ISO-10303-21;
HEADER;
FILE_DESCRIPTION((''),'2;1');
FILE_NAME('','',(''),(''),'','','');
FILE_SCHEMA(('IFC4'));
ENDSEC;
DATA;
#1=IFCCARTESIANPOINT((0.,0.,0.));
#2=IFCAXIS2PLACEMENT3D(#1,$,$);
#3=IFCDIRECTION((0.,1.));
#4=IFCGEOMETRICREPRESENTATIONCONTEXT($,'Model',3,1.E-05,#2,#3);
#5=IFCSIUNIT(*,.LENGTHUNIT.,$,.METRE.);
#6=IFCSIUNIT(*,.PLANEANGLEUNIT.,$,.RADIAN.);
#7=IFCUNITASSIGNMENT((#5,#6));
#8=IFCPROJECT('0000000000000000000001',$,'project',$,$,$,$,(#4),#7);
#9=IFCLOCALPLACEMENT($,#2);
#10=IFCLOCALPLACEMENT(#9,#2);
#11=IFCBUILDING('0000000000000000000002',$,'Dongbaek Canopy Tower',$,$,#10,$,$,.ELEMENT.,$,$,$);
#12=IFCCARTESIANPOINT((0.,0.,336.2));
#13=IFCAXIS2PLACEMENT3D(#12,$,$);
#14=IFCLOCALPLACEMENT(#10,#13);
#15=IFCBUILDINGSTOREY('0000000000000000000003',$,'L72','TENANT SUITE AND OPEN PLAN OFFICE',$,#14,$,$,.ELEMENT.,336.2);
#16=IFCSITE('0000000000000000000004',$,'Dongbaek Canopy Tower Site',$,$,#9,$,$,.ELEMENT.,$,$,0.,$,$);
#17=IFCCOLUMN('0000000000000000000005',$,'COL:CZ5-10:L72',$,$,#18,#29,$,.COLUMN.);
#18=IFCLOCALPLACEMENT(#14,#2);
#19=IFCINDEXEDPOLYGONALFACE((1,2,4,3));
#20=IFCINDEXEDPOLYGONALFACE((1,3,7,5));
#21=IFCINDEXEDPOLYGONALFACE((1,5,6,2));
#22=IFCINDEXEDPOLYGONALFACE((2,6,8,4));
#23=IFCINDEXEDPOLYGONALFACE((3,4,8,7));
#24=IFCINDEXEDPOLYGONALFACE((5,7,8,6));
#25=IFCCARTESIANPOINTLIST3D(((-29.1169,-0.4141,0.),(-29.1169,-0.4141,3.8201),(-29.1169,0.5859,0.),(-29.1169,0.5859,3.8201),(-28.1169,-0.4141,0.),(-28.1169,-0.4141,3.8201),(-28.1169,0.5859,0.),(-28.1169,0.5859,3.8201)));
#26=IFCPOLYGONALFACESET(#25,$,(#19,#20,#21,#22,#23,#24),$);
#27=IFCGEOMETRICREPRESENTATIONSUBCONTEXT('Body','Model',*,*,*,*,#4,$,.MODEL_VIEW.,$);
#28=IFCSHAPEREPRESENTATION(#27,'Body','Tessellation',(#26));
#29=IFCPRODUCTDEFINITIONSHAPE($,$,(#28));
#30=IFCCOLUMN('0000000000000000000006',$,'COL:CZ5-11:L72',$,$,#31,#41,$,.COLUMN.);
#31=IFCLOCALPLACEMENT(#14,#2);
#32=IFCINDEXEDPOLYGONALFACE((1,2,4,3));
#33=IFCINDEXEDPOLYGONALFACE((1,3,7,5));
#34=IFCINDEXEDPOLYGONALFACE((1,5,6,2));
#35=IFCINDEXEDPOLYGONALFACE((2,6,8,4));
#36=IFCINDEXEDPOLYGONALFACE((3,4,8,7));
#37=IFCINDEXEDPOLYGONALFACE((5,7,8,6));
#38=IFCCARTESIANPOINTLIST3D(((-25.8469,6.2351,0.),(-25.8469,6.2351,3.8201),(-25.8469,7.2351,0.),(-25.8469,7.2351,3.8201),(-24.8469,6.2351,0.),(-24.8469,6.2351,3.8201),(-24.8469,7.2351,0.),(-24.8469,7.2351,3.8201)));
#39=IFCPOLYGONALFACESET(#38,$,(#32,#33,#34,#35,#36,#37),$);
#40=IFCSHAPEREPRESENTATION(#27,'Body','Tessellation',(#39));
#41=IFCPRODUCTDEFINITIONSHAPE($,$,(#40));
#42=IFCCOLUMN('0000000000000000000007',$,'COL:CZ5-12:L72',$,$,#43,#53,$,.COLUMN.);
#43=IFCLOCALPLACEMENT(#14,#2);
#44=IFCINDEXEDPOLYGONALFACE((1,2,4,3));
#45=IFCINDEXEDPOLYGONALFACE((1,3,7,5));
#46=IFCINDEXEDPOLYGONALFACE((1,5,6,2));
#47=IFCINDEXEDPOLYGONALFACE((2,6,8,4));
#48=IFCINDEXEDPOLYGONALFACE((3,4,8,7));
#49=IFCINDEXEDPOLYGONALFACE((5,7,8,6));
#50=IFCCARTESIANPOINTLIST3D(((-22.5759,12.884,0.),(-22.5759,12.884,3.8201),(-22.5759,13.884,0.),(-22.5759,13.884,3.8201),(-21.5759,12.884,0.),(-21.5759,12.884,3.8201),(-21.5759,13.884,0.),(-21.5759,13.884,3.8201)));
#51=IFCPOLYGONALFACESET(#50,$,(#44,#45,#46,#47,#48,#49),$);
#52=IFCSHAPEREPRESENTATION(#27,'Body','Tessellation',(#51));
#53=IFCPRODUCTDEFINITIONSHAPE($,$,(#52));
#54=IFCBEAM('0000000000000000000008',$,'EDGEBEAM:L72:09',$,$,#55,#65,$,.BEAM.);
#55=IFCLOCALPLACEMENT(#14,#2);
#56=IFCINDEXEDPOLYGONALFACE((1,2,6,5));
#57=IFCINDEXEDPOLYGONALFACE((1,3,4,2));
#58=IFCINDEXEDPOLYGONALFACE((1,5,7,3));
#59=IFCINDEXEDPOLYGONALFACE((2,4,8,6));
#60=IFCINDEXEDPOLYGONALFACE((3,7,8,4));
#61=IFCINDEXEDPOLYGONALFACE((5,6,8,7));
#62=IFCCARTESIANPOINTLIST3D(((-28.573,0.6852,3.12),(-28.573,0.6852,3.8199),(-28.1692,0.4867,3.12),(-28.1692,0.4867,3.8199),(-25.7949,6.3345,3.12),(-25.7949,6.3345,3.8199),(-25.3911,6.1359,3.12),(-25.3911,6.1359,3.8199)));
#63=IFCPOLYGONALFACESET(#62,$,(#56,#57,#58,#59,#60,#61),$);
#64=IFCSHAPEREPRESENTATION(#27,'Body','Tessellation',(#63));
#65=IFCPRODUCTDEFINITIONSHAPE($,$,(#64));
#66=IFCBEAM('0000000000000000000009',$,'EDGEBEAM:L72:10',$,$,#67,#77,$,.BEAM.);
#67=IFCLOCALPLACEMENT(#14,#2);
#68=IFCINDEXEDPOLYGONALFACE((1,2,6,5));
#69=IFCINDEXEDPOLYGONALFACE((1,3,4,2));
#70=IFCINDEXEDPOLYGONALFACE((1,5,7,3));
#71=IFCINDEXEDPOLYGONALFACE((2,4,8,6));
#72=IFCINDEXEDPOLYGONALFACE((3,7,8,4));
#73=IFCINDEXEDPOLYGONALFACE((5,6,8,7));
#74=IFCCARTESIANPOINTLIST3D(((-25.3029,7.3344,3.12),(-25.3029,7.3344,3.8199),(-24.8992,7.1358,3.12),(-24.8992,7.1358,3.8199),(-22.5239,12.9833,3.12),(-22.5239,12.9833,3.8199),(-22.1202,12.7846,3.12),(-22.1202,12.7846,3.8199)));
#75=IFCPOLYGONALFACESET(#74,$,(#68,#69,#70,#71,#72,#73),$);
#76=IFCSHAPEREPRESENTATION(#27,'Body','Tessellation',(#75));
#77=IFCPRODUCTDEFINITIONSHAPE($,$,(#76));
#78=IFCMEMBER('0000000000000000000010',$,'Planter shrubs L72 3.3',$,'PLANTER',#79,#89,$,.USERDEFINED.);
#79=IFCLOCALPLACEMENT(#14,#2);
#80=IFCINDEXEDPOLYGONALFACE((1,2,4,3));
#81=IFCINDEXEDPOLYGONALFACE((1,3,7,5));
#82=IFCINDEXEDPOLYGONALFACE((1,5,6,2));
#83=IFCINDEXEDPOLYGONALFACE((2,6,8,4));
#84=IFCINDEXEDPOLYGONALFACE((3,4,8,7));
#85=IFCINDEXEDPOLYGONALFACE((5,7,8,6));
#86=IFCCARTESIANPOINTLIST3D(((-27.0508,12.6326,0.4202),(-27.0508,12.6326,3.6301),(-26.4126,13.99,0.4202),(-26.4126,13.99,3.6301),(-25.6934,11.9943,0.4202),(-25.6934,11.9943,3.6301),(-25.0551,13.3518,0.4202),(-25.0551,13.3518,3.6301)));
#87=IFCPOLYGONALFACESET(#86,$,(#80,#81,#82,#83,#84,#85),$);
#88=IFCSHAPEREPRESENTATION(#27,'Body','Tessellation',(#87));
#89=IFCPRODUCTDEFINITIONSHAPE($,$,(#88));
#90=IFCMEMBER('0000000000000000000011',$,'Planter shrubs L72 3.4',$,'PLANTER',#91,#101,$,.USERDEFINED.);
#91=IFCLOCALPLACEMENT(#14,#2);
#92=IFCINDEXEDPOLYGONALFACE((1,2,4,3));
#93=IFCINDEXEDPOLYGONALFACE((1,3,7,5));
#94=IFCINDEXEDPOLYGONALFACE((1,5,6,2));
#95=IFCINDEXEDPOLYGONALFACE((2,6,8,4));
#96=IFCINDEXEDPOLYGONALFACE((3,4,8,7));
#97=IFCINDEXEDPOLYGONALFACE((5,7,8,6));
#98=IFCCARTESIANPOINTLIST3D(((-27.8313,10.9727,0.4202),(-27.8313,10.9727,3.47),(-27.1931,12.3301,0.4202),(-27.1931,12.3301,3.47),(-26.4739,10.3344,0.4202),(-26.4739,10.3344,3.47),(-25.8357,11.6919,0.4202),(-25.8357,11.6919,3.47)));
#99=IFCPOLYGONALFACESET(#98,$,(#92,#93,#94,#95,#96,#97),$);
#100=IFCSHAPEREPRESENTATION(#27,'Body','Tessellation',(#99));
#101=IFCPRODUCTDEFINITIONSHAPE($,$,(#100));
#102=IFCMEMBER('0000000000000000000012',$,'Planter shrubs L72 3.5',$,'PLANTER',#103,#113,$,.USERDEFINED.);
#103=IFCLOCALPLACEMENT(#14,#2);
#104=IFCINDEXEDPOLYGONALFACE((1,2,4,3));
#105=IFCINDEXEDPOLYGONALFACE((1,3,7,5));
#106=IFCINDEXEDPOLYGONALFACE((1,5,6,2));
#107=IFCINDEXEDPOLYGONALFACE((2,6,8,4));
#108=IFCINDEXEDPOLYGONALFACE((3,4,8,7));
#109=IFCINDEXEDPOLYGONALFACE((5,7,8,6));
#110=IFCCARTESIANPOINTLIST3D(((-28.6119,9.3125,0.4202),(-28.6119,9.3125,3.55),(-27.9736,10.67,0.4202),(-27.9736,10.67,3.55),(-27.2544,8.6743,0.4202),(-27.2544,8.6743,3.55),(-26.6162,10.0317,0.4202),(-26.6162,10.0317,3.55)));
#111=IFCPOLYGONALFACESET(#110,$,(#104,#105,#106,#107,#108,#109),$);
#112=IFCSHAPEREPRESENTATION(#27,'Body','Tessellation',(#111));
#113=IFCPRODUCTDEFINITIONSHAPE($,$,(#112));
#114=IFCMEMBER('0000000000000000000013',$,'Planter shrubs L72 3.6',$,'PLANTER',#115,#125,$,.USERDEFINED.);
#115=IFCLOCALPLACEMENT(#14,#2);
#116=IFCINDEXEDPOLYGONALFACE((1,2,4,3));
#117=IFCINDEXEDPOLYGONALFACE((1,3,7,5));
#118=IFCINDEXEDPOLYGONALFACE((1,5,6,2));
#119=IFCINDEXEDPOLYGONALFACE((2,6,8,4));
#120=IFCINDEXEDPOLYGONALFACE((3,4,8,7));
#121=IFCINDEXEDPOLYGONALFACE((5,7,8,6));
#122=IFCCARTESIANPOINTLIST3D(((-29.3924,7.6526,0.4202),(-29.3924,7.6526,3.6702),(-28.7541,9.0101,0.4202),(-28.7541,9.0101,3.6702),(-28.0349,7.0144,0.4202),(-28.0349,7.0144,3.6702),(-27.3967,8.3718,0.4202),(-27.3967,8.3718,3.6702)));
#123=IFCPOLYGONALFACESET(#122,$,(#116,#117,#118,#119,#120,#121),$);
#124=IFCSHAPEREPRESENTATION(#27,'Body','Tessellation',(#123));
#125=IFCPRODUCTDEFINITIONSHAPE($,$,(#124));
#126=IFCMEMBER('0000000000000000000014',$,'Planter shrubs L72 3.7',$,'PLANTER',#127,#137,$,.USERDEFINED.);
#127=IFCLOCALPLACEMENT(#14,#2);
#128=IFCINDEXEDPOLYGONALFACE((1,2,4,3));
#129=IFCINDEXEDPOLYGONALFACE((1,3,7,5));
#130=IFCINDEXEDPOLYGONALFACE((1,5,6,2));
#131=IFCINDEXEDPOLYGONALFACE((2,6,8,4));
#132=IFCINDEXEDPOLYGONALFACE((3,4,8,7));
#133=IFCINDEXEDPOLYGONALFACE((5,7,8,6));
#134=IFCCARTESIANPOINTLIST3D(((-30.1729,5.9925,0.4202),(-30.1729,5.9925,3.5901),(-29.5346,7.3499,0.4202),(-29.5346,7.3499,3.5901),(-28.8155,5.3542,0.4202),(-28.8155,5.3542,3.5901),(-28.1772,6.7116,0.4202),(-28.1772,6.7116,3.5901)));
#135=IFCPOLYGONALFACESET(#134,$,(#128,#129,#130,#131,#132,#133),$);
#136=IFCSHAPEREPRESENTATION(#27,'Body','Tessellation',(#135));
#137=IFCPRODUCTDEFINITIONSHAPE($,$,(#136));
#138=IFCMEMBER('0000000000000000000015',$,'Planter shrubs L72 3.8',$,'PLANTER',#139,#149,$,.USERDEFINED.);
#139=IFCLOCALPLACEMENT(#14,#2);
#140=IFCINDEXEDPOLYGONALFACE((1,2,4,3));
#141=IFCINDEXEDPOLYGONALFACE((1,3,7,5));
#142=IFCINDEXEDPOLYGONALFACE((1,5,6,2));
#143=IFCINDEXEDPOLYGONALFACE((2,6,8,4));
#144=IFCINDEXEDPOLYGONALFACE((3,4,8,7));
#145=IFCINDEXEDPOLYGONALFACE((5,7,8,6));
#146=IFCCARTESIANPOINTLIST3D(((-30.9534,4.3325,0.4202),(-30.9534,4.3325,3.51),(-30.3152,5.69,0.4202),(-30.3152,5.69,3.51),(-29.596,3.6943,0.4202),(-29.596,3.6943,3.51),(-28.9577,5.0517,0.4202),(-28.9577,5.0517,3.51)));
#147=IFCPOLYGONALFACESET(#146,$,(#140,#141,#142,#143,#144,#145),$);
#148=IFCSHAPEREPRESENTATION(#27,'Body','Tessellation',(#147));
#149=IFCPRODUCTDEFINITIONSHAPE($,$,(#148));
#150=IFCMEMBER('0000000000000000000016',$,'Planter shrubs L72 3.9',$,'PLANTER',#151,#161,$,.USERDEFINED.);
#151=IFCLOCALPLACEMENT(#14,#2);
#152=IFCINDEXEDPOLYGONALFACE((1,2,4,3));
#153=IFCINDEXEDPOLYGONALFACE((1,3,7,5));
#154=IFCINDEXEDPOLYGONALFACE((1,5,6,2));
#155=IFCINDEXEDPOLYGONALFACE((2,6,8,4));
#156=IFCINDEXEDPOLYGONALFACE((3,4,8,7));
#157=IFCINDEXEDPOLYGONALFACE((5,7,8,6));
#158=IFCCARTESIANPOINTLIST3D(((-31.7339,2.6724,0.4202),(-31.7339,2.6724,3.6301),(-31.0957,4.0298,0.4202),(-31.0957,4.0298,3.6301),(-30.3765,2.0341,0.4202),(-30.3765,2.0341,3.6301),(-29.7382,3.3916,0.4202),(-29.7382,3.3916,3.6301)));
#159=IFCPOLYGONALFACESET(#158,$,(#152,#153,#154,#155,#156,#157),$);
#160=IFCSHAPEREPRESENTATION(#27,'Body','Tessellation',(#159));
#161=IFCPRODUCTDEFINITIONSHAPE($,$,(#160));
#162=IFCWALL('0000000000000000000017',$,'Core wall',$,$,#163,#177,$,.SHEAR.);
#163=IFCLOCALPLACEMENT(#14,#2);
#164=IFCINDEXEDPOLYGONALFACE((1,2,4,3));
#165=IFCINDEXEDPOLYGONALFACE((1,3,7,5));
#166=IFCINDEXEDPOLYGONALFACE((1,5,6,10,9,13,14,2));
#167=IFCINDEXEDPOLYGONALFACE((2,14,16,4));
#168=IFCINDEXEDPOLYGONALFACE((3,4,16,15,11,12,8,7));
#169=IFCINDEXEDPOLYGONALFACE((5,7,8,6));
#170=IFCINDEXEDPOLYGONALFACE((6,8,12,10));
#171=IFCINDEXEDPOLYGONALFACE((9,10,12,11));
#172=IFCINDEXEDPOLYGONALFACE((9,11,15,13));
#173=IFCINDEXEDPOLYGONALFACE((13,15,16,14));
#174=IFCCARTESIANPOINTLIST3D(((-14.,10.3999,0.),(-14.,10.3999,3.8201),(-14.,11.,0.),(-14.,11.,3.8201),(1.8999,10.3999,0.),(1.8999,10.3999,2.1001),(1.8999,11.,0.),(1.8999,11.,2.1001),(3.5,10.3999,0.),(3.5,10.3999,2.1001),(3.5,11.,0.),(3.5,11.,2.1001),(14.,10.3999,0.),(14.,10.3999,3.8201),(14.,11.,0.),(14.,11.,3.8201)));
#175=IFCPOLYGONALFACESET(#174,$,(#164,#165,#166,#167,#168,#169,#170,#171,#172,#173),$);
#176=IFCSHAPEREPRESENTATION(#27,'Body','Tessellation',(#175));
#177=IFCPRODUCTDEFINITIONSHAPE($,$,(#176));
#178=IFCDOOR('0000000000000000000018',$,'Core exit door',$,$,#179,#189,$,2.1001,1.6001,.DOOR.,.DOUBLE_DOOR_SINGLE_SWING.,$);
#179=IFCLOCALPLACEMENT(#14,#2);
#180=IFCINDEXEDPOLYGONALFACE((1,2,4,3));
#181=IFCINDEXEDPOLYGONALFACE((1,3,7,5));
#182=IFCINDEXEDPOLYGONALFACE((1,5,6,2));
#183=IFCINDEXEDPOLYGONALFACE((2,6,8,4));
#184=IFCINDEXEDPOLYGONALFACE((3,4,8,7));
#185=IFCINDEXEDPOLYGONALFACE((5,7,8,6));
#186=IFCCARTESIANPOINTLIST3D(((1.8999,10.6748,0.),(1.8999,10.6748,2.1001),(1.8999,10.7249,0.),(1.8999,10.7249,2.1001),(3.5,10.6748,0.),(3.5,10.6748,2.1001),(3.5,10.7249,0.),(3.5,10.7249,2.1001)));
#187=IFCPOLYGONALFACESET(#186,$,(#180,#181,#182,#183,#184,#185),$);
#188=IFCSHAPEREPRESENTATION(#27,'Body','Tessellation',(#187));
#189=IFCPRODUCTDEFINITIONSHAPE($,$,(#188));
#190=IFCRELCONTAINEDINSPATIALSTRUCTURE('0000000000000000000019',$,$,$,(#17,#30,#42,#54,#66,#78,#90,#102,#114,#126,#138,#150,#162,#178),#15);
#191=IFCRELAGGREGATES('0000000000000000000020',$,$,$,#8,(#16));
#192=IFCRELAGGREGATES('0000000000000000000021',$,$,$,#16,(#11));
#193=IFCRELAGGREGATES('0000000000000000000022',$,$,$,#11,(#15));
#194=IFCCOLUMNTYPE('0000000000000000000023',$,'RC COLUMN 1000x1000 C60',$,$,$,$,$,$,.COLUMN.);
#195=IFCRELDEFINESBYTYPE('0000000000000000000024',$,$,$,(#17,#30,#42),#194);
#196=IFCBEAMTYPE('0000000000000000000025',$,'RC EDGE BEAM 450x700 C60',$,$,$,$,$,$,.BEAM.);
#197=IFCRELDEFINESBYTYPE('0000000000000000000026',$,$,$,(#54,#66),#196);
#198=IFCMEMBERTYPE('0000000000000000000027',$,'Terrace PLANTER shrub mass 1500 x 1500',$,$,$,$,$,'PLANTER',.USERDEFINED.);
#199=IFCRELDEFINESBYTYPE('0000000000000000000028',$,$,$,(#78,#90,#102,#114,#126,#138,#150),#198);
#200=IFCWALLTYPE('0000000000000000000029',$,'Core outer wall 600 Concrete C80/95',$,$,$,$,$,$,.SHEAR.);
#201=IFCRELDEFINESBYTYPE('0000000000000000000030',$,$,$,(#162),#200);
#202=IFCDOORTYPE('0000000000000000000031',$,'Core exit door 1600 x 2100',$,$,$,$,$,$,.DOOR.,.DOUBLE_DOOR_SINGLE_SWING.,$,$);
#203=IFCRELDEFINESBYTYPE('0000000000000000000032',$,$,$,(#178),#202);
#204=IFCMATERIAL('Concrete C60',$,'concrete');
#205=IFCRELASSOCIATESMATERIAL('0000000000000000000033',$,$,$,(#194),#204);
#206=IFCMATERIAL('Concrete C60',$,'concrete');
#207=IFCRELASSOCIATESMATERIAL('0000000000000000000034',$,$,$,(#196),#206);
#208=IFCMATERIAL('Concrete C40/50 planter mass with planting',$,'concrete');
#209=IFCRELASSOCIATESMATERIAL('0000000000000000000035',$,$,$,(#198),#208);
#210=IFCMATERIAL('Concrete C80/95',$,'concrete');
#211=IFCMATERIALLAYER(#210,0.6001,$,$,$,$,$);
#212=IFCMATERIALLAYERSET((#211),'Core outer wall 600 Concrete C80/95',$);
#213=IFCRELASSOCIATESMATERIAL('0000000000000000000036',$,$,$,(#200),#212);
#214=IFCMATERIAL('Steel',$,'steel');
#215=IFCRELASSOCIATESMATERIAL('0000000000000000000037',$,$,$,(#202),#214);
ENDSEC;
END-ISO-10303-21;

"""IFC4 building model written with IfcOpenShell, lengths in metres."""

from ifc_helpers import new_model, si_unit, direction, frame, frame_2d, origin, origin_2d, place, context, subcontext, project, spatial, rectangle, extrude, material, layer, layer_set, material_profile, profile_set, type_object, element, fill, save


model = new_model("IFC4")

# Units and contexts
model_context = context("Model", 3, precision=1e-05, world=origin(), true_north=direction((0.0, 1.0)))
body_context = subcontext(model_context, "Body", "Model", "MODEL_VIEW")
ifc_project = project(units=[si_unit("LENGTHUNIT", "METRE"), si_unit("PLANEANGLEUNIT", "RADIAN")], contexts=[model_context])

# Site, building, storey
site_placement = place(None, origin())
site = spatial("IfcSite", under=ifc_project, at=site_placement, Name="Dongbaek Canopy Tower Site", CompositionType="ELEMENT", RefElevation=0.0)
building_placement = place(site_placement, origin())
building = spatial("IfcBuilding", under=site, at=building_placement, Name="Dongbaek Canopy Tower", CompositionType="ELEMENT")
storey_placement = place(building_placement, frame((0.0, 0.0, 336.2)))
storey = spatial("IfcBuildingStorey", under=building, at=storey_placement, Name="L72", Description="TENANT SUITE AND OPEN PLAN OFFICE", CompositionType="ELEMENT", Elevation=336.2)

# Columns
ifc_material_1 = material(Name="Concrete C60", Category="concrete")
ifc_material_profile_1 = material_profile(ifc_material_1, rectangle(XDim=1.0, YDim=1.0, at=origin_2d()), Name="RC COLUMN 1000x1000 C60")
ifc_profile_set_1 = profile_set([ifc_material_profile_1], Name="Concrete C60")
column_type = type_object("IfcColumnType", Name="RC COLUMN 1000x1000 C60", PredefinedType="COLUMN", material=ifc_profile_set_1)
for number, where, z_axis, x_axis, name in (
    (1, (-28.6169, 0.0859, 0.0), (0.0, 0.0, 1.0), (1.0, 0.0, 0.0), "COL:CZ5-10:L72"),
    (2, (-25.3469, 6.7351, 0.0), (0.0, 0.0, 1.0), (1.0, 0.0, 0.0), "COL:CZ5-11:L72"),
    (3, (-22.0759, 13.384, 0.0), (0.0, 0.0, 1.0), (1.0, 0.0, 0.0), "COL:CZ5-12:L72"),
):
    element("IfcColumn", number, at=place(storey_placement, frame(where, z_axis=z_axis, x_axis=x_axis)), inside=storey, type_object=column_type, Name=name, PredefinedType="COLUMN", context=body_context, shape_type="SweptSolid", body=[
        extrude(rectangle(XDim=1.0, YDim=1.0, at=origin_2d()), origin(), (0.0, 0.0, 1.0), 3.8201),
    ])

# Beams
ifc_material_2 = material(Name="Concrete C60", Category="concrete")
ifc_material_profile_2 = material_profile(ifc_material_2, rectangle(XDim=0.45, YDim=0.7, at=origin_2d()), Name="RC EDGE BEAM 450x700 C60")
ifc_profile_set_2 = profile_set([ifc_material_profile_2], Name="Concrete C60")
beam_type = type_object("IfcBeamType", Name="RC EDGE BEAM 450x700 C60", PredefinedType="BEAM", material=ifc_profile_set_2)
for number, where, z_axis, x_axis, name in (
    (4, (-28.3711, 0.5859, 3.47), (0.441294, 0.897363, 0.0), (-0.897363, 0.441294, 0.0), "EDGEBEAM:L72:09"),
    (5, (-25.1011, 7.2351, 3.47), (0.441434, 0.897294, 0.0), (-0.897294, 0.441434, 0.0), "EDGEBEAM:L72:10"),
):
    element("IfcBeam", number, at=place(storey_placement, frame(where, z_axis=z_axis, x_axis=x_axis)), inside=storey, type_object=beam_type, Name=name, PredefinedType="BEAM", context=body_context, shape_type="SweptSolid", body=[
        extrude(rectangle(XDim=0.45, YDim=0.7, at=origin_2d()), origin(), (0.0, 0.0, 1.0), 6.2954),
    ])

# Members
ifc_material_3 = material(Name="Concrete C40/50 planter mass with planting", Category="concrete")
ifc_material_profile_3 = material_profile(ifc_material_3, rectangle(XDim=1.5, YDim=1.5, at=origin_2d()), Name="Terrace PLANTER shrub mass 1500 x 1500")
ifc_profile_set_3 = profile_set([ifc_material_profile_3], Name="Concrete C40/50 planter mass with planting")
member_type = type_object("IfcMemberType", Name="Terrace PLANTER shrub mass 1500 x 1500", ElementType="PLANTER", PredefinedType="USERDEFINED", material=ifc_profile_set_3)
member_1_placement = place(storey_placement, frame((-26.053, 12.9922, 0.4202), z_axis=(0.0, 0.0, 1.0), x_axis=(-0.904958, 0.4255, 0.0)))
element("IfcMember", 6, at=member_1_placement, inside=storey, type_object=member_type, Name="Planter shrubs L72 3.3", ObjectType="PLANTER", PredefinedType="USERDEFINED", context=body_context, shape_type="SweptSolid", body=[
    extrude(rectangle(XDim=1.5, YDim=1.5, at=origin_2d()), origin(), (0.0, 0.0, 1.0), 3.21),
])
member_2_placement = place(storey_placement, frame((-26.8335, 11.3323, 0.4202), z_axis=(0.0, 0.0, 1.0), x_axis=(-0.904958, 0.4255, 0.0)))
element("IfcMember", 7, at=member_2_placement, inside=storey, type_object=member_type, Name="Planter shrubs L72 3.4", ObjectType="PLANTER", PredefinedType="USERDEFINED", context=body_context, shape_type="SweptSolid", body=[
    extrude(rectangle(XDim=1.5, YDim=1.5, at=origin_2d()), origin(), (0.0, 0.0, 1.0), 3.0498),
])
member_3_placement = place(storey_placement, frame((-27.614, 9.6721, 0.4202), z_axis=(0.0, 0.0, 1.0), x_axis=(-0.904958, 0.4255, 0.0)))
element("IfcMember", 8, at=member_3_placement, inside=storey, type_object=member_type, Name="Planter shrubs L72 3.5", ObjectType="PLANTER", PredefinedType="USERDEFINED", context=body_context, shape_type="SweptSolid", body=[
    extrude(rectangle(XDim=1.5, YDim=1.5, at=origin_2d()), origin(), (0.0, 0.0, 1.0), 3.1299),
])
member_4_placement = place(storey_placement, frame((-28.3945, 8.0122, 0.4202), z_axis=(0.0, 0.0, 1.0), x_axis=(-0.904958, 0.4255, 0.0)))
element("IfcMember", 9, at=member_4_placement, inside=storey, type_object=member_type, Name="Planter shrubs L72 3.6", ObjectType="PLANTER", PredefinedType="USERDEFINED", context=body_context, shape_type="SweptSolid", body=[
    extrude(rectangle(XDim=1.5, YDim=1.5, at=origin_2d()), origin(), (0.0, 0.0, 1.0), 3.25),
])
member_5_placement = place(storey_placement, frame((-29.175, 6.3521, 0.4202), z_axis=(0.0, 0.0, 1.0), x_axis=(-0.904958, 0.4255, 0.0)))
element("IfcMember", 10, at=member_5_placement, inside=storey, type_object=member_type, Name="Planter shrubs L72 3.7", ObjectType="PLANTER", PredefinedType="USERDEFINED", context=body_context, shape_type="SweptSolid", body=[
    extrude(rectangle(XDim=1.5, YDim=1.5, at=origin_2d()), origin(), (0.0, 0.0, 1.0), 3.1699),
])
member_6_placement = place(storey_placement, frame((-29.9556, 4.6921, 0.4202), z_axis=(0.0, 0.0, 1.0), x_axis=(-0.904958, 0.4255, 0.0)))
element("IfcMember", 11, at=member_6_placement, inside=storey, type_object=member_type, Name="Planter shrubs L72 3.8", ObjectType="PLANTER", PredefinedType="USERDEFINED", context=body_context, shape_type="SweptSolid", body=[
    extrude(rectangle(XDim=1.5, YDim=1.5, at=origin_2d()), origin(), (0.0, 0.0, 1.0), 3.0898),
])
member_7_placement = place(storey_placement, frame((-30.7361, 3.032, 0.4202), z_axis=(0.0, 0.0, 1.0), x_axis=(-0.904958, 0.4255, 0.0)))
element("IfcMember", 12, at=member_7_placement, inside=storey, type_object=member_type, Name="Planter shrubs L72 3.9", ObjectType="PLANTER", PredefinedType="USERDEFINED", context=body_context, shape_type="SweptSolid", body=[
    extrude(rectangle(XDim=1.5, YDim=1.5, at=origin_2d()), origin(), (0.0, 0.0, 1.0), 3.21),
])

# Wall, opening, door
ifc_material_4 = material(Name="Concrete C80/95", Category="concrete")
ifc_layer_1 = layer(ifc_material_4, 0.6001)
ifc_layer_set_1 = layer_set([ifc_layer_1], Name="Core outer wall 600 Concrete C80/95")
wall_type_1 = type_object("IfcWallType", Name="Core outer wall 600 Concrete C80/95", PredefinedType="SHEAR", material=ifc_layer_set_1)
wall_1_placement = place(storey_placement, frame((-14.0, 10.7, 0.0), z_axis=(0.0, 0.0, 1.0), x_axis=(1.0, 0.0, 0.0)))
wall_1 = element("IfcWall", 13, at=wall_1_placement, inside=storey, type_object=wall_type_1, Name="Core wall", PredefinedType="SHEAR", context=body_context, shape_type="SweptSolid", body=[
    extrude(rectangle(XDim=28.0, YDim=0.6001, at=frame_2d((14.0, 0.0))), origin(), (0.0, 0.0, 1.0), 3.8201),
])
opening_1_placement = place(wall_1_placement, frame((15.8999, 0.0, 0.0)))
opening_1 = element("IfcOpeningElement", 14, at=opening_1_placement, cuts=wall_1, PredefinedType="OPENING", context=body_context, shape_type="SweptSolid", body=[
    extrude(rectangle(XDim=1.6001, YDim=2.1001, at=frame_2d((0.8, 1.05))), frame((0.0, 0.3101, 0.0), z_axis=(0.0, -1.0, 0.0), x_axis=(1.0, 0.0, 0.0)), (0.0, 0.0, 1.0), 0.6201),
])
ifc_material_5 = material(Name="Steel", Category="steel")
door_type_1 = type_object("IfcDoorType", Name="Core exit door 1600 x 2100", OperationType="DOUBLE_DOOR_SINGLE_SWING", PredefinedType="DOOR", material=ifc_material_5)
door_1_placement = place(opening_1_placement, origin())
door_1 = element("IfcDoor", 15, at=door_1_placement, inside=storey, type_object=door_type_1, Name="Core exit door", OperationType="DOUBLE_DOOR_SINGLE_SWING", OverallHeight=2.1001, OverallWidth=1.6001, PredefinedType="DOOR", context=body_context, shape_type="SweptSolid", body=[
    extrude(rectangle(XDim=1.6001, YDim=2.1001, at=frame_2d((0.8, 1.05))), frame((0.0, 0.0249, 0.0), z_axis=(0.0, -1.0, 0.0), x_axis=(1.0, 0.0, 0.0)), (0.0, 0.0, 1.0), 0.05),
])
fill(opening_1, door_1)

save(model, "model.ifc")
